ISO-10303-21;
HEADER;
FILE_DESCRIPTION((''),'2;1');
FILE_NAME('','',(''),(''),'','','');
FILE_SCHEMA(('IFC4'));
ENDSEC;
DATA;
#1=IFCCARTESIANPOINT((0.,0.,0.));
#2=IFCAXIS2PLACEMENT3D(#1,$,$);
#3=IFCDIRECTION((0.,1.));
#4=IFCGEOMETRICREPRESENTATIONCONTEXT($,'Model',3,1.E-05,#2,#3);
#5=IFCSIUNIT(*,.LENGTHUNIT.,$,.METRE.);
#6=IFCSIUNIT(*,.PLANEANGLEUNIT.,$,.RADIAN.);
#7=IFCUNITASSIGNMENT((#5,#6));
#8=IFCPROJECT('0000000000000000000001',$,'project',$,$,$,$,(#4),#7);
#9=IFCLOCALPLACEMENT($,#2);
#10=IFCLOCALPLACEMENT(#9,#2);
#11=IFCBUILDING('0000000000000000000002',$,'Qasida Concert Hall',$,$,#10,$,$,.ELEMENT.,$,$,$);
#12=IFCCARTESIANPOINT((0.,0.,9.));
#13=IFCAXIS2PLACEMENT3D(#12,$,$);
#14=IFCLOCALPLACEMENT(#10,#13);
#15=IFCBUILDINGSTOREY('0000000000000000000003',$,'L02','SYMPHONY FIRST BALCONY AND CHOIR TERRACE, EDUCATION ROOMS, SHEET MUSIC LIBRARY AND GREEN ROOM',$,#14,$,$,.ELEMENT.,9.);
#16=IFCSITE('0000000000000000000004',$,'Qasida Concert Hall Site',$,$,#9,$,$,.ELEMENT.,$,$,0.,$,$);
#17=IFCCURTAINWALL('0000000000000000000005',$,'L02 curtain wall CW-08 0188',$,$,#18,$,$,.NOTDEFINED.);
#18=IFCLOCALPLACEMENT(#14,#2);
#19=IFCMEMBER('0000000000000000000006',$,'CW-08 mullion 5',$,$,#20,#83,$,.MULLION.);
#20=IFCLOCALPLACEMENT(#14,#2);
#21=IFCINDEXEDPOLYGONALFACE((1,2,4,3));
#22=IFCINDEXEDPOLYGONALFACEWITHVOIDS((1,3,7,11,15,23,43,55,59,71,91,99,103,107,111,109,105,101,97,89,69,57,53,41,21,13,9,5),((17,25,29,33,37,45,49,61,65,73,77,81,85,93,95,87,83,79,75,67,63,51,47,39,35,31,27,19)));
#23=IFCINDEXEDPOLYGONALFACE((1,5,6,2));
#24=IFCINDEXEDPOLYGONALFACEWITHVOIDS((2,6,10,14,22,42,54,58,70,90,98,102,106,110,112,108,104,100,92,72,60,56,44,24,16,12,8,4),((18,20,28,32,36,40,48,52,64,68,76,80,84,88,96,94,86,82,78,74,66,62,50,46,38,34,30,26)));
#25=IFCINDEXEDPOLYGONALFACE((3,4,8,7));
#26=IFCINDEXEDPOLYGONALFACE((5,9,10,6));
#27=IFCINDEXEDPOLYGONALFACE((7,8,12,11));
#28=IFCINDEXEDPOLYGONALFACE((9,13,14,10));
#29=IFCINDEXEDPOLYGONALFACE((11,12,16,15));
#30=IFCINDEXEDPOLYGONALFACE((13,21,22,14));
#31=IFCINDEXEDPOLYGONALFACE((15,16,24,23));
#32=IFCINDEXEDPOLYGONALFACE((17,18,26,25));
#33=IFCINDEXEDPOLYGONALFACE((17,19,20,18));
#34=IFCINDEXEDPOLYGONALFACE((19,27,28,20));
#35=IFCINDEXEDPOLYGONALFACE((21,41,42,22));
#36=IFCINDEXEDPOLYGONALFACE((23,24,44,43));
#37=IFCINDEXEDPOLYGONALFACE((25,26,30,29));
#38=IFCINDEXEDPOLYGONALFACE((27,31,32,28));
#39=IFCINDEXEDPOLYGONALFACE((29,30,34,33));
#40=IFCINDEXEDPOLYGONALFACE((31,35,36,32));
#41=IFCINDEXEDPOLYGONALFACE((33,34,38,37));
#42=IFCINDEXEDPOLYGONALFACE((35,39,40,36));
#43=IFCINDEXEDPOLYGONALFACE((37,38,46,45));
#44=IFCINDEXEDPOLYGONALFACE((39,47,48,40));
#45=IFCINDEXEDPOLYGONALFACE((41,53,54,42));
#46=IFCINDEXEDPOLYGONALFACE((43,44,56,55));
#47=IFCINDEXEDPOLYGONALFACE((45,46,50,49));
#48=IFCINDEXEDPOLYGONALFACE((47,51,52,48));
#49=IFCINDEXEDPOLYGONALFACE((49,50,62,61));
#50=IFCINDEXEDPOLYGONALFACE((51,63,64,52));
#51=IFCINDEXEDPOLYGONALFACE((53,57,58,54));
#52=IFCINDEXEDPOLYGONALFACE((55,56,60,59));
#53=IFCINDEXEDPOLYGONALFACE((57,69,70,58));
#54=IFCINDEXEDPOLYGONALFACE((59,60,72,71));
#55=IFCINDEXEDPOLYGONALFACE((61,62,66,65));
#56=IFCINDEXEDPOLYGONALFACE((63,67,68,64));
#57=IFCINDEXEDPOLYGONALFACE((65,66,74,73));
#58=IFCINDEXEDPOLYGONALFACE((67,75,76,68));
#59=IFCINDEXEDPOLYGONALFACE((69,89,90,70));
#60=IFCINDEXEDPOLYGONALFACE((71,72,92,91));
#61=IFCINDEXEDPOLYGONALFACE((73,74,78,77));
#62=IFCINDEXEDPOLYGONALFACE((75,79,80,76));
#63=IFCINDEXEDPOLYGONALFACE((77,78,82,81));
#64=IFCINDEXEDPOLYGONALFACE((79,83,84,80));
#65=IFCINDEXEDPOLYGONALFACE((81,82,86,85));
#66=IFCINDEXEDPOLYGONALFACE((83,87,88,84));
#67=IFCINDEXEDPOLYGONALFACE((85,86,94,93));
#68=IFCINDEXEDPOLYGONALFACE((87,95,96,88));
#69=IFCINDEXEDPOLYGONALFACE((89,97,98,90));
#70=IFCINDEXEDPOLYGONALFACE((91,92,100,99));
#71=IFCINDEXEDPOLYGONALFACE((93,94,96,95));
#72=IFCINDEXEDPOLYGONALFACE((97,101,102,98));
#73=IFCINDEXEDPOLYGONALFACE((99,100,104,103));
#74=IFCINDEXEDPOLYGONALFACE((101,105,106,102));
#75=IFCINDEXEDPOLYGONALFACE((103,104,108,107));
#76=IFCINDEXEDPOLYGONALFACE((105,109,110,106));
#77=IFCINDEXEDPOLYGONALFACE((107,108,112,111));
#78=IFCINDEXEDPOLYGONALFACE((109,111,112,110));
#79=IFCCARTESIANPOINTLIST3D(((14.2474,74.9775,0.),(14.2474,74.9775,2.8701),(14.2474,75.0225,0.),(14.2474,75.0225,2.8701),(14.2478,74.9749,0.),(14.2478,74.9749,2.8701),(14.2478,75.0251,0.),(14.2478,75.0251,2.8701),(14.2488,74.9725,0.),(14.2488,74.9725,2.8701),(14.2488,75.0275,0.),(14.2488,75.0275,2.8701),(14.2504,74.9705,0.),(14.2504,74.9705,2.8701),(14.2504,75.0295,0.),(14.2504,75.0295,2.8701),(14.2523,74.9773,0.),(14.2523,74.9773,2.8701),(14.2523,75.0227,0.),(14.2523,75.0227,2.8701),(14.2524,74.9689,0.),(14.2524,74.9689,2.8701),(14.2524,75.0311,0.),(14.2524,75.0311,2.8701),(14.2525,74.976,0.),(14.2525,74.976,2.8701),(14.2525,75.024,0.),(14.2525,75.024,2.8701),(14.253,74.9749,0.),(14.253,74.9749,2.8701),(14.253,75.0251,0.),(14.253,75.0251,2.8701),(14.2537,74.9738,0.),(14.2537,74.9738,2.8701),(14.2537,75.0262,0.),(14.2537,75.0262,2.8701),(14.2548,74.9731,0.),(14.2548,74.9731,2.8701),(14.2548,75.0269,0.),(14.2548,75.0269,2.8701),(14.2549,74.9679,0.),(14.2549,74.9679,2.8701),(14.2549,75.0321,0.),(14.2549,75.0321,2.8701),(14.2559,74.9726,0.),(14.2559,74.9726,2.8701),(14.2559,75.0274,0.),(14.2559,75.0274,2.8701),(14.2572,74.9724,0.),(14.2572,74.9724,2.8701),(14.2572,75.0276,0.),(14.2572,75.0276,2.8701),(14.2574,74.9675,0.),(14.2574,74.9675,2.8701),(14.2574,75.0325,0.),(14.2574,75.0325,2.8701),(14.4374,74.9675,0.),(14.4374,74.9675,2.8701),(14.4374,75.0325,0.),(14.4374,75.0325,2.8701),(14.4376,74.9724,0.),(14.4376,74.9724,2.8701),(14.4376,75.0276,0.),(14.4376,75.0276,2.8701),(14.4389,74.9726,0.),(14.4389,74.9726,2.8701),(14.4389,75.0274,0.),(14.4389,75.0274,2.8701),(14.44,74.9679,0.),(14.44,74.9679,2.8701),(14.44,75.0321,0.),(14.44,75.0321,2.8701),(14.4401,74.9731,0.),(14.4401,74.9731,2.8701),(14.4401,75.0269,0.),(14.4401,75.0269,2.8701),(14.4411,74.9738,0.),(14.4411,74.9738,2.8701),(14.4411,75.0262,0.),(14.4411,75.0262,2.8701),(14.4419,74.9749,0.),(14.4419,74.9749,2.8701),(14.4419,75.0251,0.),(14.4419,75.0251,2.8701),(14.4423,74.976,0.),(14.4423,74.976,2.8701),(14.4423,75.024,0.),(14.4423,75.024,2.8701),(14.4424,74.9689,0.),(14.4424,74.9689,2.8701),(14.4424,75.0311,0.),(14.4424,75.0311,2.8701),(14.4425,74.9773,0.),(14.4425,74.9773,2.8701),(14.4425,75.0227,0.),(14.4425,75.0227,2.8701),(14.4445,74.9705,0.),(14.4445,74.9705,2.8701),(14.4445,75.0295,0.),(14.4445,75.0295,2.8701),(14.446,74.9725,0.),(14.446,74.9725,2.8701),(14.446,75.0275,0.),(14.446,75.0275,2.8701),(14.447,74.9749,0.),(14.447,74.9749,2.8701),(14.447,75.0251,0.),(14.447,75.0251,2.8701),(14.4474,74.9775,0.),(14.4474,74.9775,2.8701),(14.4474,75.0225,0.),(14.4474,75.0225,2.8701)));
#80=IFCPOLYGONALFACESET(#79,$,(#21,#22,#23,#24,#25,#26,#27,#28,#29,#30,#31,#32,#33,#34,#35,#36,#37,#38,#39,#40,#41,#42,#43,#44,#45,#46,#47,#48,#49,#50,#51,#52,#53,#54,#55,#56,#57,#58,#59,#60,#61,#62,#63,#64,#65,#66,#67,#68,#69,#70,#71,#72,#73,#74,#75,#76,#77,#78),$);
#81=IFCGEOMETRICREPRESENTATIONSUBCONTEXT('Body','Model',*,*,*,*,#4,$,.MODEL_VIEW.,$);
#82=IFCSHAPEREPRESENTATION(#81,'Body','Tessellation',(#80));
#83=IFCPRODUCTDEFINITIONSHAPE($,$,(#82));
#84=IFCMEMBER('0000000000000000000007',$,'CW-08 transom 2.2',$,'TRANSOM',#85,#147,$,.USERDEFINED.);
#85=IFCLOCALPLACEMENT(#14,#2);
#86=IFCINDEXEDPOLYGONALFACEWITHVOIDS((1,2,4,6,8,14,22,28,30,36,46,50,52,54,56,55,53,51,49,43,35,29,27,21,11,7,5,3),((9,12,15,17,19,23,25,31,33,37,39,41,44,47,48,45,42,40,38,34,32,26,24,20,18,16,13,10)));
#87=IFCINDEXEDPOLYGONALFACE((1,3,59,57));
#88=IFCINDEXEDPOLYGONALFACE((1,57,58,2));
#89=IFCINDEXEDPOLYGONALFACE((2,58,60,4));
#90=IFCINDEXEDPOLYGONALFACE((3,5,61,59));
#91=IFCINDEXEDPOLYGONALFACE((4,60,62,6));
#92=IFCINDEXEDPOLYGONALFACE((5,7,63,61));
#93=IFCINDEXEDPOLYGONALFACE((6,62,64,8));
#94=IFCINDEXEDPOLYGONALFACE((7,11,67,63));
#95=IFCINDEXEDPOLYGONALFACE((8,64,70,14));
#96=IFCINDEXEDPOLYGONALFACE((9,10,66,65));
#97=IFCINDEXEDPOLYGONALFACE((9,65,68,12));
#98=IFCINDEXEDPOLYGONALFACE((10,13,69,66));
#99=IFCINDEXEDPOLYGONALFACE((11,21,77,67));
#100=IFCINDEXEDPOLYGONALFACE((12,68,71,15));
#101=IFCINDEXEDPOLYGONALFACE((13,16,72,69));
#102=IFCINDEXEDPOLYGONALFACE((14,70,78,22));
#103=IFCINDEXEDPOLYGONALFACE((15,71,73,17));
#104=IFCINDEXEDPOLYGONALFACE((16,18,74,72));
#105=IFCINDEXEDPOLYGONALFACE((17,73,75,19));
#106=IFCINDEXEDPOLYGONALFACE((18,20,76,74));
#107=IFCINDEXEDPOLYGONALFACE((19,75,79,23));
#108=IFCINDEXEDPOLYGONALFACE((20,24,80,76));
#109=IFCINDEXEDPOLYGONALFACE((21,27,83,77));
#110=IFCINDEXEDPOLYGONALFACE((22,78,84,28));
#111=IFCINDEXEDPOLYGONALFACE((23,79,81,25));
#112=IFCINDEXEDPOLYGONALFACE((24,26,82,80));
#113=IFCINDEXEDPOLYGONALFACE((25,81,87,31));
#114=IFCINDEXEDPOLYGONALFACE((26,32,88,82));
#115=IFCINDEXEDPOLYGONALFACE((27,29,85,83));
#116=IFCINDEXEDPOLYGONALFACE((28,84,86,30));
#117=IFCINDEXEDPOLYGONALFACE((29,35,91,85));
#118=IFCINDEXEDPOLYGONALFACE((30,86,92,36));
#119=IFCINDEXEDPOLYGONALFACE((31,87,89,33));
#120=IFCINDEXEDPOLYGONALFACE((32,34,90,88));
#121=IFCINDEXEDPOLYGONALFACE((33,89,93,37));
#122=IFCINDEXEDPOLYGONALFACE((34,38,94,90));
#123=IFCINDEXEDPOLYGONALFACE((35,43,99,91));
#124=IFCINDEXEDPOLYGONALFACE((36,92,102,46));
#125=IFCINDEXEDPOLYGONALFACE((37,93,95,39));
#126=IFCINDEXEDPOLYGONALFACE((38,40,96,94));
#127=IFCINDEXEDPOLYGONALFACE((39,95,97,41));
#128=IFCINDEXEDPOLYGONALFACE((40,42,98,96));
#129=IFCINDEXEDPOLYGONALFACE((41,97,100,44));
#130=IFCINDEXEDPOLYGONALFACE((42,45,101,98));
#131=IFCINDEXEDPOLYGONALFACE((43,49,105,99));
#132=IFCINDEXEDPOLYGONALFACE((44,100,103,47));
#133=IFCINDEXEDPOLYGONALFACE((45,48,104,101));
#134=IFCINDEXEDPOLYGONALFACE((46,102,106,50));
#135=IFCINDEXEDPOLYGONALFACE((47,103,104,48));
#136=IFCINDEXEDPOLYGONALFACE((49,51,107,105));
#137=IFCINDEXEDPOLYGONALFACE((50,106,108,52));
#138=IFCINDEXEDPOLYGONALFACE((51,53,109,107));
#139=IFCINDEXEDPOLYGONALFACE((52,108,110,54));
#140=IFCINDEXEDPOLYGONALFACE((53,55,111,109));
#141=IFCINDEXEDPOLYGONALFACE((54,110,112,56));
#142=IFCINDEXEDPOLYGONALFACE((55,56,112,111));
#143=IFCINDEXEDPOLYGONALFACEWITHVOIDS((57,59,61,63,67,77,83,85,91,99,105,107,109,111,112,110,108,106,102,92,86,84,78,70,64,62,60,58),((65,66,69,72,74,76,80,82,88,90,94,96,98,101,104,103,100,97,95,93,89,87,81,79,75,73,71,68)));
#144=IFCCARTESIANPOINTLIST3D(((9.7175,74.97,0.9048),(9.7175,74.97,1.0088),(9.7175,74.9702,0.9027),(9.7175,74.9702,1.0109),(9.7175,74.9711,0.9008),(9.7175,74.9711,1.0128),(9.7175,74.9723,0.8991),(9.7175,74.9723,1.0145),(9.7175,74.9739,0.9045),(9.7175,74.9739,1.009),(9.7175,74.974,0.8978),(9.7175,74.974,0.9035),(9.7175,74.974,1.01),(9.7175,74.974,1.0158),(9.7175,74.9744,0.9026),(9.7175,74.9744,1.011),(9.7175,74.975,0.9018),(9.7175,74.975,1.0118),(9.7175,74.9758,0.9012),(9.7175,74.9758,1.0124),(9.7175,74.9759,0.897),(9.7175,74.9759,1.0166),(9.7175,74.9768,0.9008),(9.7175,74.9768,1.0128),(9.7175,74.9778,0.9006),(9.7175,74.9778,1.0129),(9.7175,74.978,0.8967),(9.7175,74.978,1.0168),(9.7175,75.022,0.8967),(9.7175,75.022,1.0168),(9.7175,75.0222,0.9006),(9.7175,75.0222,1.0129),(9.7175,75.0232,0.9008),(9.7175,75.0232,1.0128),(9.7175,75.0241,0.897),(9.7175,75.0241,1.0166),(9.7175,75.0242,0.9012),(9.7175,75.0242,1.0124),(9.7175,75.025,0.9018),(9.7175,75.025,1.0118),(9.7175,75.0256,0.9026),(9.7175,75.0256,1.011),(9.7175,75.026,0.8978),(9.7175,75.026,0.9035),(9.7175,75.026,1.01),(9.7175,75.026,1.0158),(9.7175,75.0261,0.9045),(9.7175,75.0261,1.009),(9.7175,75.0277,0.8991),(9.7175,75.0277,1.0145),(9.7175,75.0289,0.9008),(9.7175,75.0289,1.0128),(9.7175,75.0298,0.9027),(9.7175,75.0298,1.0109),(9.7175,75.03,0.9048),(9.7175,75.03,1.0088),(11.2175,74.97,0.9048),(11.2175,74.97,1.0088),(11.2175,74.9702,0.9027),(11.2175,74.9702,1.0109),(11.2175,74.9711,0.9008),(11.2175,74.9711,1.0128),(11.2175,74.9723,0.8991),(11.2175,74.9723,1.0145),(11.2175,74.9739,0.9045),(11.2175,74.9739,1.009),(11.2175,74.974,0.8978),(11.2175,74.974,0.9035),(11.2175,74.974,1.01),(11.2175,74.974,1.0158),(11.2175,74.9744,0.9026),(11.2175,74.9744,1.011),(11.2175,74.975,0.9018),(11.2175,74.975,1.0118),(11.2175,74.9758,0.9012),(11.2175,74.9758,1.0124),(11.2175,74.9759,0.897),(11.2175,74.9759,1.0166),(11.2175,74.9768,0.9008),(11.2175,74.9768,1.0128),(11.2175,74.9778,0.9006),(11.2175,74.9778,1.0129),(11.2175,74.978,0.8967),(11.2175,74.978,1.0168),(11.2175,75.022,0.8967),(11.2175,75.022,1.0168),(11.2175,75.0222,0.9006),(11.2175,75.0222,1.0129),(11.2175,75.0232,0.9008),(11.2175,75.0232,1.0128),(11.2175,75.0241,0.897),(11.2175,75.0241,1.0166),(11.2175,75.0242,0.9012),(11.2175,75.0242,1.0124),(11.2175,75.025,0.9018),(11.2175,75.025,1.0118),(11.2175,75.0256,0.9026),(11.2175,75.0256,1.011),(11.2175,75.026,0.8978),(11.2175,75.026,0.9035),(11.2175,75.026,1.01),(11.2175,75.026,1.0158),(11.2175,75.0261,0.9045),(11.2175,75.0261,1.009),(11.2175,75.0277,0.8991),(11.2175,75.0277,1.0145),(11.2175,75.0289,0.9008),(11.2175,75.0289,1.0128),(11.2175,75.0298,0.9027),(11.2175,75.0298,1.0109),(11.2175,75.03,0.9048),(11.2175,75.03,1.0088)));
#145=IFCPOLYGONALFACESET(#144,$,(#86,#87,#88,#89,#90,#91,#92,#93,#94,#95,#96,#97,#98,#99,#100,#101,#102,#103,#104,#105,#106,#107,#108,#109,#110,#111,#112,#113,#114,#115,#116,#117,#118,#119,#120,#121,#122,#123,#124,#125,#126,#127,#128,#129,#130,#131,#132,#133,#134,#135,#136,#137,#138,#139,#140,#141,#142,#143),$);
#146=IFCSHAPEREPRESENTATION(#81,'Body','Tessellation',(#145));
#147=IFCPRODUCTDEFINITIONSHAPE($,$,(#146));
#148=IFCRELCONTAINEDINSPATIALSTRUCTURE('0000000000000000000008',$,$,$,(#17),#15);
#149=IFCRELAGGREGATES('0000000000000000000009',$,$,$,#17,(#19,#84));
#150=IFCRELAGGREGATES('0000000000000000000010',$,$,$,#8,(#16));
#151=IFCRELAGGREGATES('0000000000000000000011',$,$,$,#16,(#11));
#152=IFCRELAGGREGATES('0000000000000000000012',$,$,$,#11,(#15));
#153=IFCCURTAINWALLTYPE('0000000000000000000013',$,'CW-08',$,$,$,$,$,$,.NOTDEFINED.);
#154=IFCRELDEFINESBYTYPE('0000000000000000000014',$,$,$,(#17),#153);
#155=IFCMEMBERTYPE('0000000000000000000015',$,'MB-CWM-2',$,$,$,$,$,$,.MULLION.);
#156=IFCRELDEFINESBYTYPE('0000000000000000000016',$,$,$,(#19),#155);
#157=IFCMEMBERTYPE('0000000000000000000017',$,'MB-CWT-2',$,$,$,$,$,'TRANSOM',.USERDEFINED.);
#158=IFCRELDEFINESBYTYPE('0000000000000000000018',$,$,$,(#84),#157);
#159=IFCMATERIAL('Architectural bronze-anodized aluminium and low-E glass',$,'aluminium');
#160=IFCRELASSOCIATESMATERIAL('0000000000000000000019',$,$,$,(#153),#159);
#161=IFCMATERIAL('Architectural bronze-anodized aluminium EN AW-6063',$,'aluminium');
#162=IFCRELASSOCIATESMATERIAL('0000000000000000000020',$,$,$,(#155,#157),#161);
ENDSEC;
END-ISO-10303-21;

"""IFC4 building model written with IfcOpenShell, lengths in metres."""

from ifc_helpers import new_model, si_unit, direction, frame, origin, origin_2d, place, context, subcontext, project, spatial, hollow_rectangle, extrude, material, material_profile, profile_set, type_object, element, aggregate, save


model = new_model("IFC4")

# Units and contexts
model_context = context("Model", 3, precision=1e-05, world=origin(), true_north=direction((0.0, 1.0)))
body_context = subcontext(model_context, "Body", "Model", "MODEL_VIEW")
ifc_project = project(units=[si_unit("LENGTHUNIT", "METRE"), si_unit("PLANEANGLEUNIT", "RADIAN")], contexts=[model_context])

# Site, building, storey
site_placement = place(None, origin())
site = spatial("IfcSite", under=ifc_project, at=site_placement, Name="Qasida Concert Hall Site", CompositionType="ELEMENT", RefElevation=0.0)
building_placement = place(site_placement, origin())
building = spatial("IfcBuilding", under=site, at=building_placement, Name="Qasida Concert Hall", CompositionType="ELEMENT")
storey_placement = place(building_placement, frame((0.0, 0.0, 9.0)))
storey = spatial("IfcBuildingStorey", under=building, at=storey_placement, Name="L02", Description="SYMPHONY FIRST BALCONY AND CHOIR TERRACE, EDUCATION ROOMS, SHEET MUSIC LIBRARY AND GREEN ROOM", CompositionType="ELEMENT", Elevation=9.0)

# Curtain wall, members
ifc_material_1 = material(Name="Architectural bronze-anodized aluminium and low-E glass", Category="aluminium")
curtain_wall_type = type_object("IfcCurtainWallType", Name="CW-08", PredefinedType="NOTDEFINED", material=ifc_material_1)
curtain_wall_placement = place(storey_placement, origin())
curtain_wall = element("IfcCurtainWall", 1, at=curtain_wall_placement, inside=storey, type_object=curtain_wall_type, Name="L02 curtain wall CW-08 0188", PredefinedType="NOTDEFINED")
ifc_material_2 = material(Name="Architectural bronze-anodized aluminium EN AW-6063", Category="aluminium")
ifc_material_profile_1 = material_profile(ifc_material_2, hollow_rectangle(XDim=0.0649, YDim=0.2, WallThickness=0.0049, InnerFilletRadius=0.0049, OuterFilletRadius=0.01, at=origin_2d()), Name="CWM 200x65x5")
ifc_profile_set_1 = profile_set([ifc_material_profile_1], Name="Architectural bronze-anodized aluminium EN AW-6063")
member_type_1 = type_object("IfcMemberType", Name="MB-CWM-2", PredefinedType="MULLION", material=ifc_profile_set_1)
member_1_placement = place(storey_placement, frame((14.3474, 75.0, 0.0), z_axis=(0.0, 0.0, 1.0), x_axis=(0.0, 1.0, 0.0)))
member_1 = element("IfcMember", 2, at=member_1_placement, type_object=member_type_1, Name="CW-08 mullion 5", PredefinedType="MULLION", context=body_context, shape_type="SweptSolid", body=[
    extrude(hollow_rectangle(XDim=0.0649, YDim=0.2, WallThickness=0.0049, InnerFilletRadius=0.0049, OuterFilletRadius=0.01, at=origin_2d()), origin(), (0.0, 0.0, 1.0), 2.8701),
])
ifc_material_profile_2 = material_profile(ifc_material_2, hollow_rectangle(XDim=0.0601, YDim=0.1201, WallThickness=0.0039, InnerFilletRadius=0.0039, OuterFilletRadius=0.0081, at=origin_2d()), Name="CWT 120x60x4")
ifc_profile_set_2 = profile_set([ifc_material_profile_2], Name="Architectural bronze-anodized aluminium EN AW-6063")
member_type_2 = type_object("IfcMemberType", Name="MB-CWT-2", ElementType="TRANSOM", PredefinedType="USERDEFINED", material=ifc_profile_set_2)
member_2_placement = place(storey_placement, frame((9.7175, 75.0, 0.9568), z_axis=(1.0, 0.0, 0.0), x_axis=(0.0, 1.0, 0.0)))
member_2 = element("IfcMember", 3, at=member_2_placement, type_object=member_type_2, Name="CW-08 transom 2.2", ObjectType="TRANSOM", PredefinedType="USERDEFINED", context=body_context, shape_type="SweptSolid", body=[
    extrude(hollow_rectangle(XDim=0.0601, YDim=0.1201, WallThickness=0.0039, InnerFilletRadius=0.0039, OuterFilletRadius=0.0081, at=origin_2d()), origin(), (0.0, 0.0, 1.0), 1.5),
])
aggregate(curtain_wall, [member_1, member_2])

save(model, "model.ifc")
